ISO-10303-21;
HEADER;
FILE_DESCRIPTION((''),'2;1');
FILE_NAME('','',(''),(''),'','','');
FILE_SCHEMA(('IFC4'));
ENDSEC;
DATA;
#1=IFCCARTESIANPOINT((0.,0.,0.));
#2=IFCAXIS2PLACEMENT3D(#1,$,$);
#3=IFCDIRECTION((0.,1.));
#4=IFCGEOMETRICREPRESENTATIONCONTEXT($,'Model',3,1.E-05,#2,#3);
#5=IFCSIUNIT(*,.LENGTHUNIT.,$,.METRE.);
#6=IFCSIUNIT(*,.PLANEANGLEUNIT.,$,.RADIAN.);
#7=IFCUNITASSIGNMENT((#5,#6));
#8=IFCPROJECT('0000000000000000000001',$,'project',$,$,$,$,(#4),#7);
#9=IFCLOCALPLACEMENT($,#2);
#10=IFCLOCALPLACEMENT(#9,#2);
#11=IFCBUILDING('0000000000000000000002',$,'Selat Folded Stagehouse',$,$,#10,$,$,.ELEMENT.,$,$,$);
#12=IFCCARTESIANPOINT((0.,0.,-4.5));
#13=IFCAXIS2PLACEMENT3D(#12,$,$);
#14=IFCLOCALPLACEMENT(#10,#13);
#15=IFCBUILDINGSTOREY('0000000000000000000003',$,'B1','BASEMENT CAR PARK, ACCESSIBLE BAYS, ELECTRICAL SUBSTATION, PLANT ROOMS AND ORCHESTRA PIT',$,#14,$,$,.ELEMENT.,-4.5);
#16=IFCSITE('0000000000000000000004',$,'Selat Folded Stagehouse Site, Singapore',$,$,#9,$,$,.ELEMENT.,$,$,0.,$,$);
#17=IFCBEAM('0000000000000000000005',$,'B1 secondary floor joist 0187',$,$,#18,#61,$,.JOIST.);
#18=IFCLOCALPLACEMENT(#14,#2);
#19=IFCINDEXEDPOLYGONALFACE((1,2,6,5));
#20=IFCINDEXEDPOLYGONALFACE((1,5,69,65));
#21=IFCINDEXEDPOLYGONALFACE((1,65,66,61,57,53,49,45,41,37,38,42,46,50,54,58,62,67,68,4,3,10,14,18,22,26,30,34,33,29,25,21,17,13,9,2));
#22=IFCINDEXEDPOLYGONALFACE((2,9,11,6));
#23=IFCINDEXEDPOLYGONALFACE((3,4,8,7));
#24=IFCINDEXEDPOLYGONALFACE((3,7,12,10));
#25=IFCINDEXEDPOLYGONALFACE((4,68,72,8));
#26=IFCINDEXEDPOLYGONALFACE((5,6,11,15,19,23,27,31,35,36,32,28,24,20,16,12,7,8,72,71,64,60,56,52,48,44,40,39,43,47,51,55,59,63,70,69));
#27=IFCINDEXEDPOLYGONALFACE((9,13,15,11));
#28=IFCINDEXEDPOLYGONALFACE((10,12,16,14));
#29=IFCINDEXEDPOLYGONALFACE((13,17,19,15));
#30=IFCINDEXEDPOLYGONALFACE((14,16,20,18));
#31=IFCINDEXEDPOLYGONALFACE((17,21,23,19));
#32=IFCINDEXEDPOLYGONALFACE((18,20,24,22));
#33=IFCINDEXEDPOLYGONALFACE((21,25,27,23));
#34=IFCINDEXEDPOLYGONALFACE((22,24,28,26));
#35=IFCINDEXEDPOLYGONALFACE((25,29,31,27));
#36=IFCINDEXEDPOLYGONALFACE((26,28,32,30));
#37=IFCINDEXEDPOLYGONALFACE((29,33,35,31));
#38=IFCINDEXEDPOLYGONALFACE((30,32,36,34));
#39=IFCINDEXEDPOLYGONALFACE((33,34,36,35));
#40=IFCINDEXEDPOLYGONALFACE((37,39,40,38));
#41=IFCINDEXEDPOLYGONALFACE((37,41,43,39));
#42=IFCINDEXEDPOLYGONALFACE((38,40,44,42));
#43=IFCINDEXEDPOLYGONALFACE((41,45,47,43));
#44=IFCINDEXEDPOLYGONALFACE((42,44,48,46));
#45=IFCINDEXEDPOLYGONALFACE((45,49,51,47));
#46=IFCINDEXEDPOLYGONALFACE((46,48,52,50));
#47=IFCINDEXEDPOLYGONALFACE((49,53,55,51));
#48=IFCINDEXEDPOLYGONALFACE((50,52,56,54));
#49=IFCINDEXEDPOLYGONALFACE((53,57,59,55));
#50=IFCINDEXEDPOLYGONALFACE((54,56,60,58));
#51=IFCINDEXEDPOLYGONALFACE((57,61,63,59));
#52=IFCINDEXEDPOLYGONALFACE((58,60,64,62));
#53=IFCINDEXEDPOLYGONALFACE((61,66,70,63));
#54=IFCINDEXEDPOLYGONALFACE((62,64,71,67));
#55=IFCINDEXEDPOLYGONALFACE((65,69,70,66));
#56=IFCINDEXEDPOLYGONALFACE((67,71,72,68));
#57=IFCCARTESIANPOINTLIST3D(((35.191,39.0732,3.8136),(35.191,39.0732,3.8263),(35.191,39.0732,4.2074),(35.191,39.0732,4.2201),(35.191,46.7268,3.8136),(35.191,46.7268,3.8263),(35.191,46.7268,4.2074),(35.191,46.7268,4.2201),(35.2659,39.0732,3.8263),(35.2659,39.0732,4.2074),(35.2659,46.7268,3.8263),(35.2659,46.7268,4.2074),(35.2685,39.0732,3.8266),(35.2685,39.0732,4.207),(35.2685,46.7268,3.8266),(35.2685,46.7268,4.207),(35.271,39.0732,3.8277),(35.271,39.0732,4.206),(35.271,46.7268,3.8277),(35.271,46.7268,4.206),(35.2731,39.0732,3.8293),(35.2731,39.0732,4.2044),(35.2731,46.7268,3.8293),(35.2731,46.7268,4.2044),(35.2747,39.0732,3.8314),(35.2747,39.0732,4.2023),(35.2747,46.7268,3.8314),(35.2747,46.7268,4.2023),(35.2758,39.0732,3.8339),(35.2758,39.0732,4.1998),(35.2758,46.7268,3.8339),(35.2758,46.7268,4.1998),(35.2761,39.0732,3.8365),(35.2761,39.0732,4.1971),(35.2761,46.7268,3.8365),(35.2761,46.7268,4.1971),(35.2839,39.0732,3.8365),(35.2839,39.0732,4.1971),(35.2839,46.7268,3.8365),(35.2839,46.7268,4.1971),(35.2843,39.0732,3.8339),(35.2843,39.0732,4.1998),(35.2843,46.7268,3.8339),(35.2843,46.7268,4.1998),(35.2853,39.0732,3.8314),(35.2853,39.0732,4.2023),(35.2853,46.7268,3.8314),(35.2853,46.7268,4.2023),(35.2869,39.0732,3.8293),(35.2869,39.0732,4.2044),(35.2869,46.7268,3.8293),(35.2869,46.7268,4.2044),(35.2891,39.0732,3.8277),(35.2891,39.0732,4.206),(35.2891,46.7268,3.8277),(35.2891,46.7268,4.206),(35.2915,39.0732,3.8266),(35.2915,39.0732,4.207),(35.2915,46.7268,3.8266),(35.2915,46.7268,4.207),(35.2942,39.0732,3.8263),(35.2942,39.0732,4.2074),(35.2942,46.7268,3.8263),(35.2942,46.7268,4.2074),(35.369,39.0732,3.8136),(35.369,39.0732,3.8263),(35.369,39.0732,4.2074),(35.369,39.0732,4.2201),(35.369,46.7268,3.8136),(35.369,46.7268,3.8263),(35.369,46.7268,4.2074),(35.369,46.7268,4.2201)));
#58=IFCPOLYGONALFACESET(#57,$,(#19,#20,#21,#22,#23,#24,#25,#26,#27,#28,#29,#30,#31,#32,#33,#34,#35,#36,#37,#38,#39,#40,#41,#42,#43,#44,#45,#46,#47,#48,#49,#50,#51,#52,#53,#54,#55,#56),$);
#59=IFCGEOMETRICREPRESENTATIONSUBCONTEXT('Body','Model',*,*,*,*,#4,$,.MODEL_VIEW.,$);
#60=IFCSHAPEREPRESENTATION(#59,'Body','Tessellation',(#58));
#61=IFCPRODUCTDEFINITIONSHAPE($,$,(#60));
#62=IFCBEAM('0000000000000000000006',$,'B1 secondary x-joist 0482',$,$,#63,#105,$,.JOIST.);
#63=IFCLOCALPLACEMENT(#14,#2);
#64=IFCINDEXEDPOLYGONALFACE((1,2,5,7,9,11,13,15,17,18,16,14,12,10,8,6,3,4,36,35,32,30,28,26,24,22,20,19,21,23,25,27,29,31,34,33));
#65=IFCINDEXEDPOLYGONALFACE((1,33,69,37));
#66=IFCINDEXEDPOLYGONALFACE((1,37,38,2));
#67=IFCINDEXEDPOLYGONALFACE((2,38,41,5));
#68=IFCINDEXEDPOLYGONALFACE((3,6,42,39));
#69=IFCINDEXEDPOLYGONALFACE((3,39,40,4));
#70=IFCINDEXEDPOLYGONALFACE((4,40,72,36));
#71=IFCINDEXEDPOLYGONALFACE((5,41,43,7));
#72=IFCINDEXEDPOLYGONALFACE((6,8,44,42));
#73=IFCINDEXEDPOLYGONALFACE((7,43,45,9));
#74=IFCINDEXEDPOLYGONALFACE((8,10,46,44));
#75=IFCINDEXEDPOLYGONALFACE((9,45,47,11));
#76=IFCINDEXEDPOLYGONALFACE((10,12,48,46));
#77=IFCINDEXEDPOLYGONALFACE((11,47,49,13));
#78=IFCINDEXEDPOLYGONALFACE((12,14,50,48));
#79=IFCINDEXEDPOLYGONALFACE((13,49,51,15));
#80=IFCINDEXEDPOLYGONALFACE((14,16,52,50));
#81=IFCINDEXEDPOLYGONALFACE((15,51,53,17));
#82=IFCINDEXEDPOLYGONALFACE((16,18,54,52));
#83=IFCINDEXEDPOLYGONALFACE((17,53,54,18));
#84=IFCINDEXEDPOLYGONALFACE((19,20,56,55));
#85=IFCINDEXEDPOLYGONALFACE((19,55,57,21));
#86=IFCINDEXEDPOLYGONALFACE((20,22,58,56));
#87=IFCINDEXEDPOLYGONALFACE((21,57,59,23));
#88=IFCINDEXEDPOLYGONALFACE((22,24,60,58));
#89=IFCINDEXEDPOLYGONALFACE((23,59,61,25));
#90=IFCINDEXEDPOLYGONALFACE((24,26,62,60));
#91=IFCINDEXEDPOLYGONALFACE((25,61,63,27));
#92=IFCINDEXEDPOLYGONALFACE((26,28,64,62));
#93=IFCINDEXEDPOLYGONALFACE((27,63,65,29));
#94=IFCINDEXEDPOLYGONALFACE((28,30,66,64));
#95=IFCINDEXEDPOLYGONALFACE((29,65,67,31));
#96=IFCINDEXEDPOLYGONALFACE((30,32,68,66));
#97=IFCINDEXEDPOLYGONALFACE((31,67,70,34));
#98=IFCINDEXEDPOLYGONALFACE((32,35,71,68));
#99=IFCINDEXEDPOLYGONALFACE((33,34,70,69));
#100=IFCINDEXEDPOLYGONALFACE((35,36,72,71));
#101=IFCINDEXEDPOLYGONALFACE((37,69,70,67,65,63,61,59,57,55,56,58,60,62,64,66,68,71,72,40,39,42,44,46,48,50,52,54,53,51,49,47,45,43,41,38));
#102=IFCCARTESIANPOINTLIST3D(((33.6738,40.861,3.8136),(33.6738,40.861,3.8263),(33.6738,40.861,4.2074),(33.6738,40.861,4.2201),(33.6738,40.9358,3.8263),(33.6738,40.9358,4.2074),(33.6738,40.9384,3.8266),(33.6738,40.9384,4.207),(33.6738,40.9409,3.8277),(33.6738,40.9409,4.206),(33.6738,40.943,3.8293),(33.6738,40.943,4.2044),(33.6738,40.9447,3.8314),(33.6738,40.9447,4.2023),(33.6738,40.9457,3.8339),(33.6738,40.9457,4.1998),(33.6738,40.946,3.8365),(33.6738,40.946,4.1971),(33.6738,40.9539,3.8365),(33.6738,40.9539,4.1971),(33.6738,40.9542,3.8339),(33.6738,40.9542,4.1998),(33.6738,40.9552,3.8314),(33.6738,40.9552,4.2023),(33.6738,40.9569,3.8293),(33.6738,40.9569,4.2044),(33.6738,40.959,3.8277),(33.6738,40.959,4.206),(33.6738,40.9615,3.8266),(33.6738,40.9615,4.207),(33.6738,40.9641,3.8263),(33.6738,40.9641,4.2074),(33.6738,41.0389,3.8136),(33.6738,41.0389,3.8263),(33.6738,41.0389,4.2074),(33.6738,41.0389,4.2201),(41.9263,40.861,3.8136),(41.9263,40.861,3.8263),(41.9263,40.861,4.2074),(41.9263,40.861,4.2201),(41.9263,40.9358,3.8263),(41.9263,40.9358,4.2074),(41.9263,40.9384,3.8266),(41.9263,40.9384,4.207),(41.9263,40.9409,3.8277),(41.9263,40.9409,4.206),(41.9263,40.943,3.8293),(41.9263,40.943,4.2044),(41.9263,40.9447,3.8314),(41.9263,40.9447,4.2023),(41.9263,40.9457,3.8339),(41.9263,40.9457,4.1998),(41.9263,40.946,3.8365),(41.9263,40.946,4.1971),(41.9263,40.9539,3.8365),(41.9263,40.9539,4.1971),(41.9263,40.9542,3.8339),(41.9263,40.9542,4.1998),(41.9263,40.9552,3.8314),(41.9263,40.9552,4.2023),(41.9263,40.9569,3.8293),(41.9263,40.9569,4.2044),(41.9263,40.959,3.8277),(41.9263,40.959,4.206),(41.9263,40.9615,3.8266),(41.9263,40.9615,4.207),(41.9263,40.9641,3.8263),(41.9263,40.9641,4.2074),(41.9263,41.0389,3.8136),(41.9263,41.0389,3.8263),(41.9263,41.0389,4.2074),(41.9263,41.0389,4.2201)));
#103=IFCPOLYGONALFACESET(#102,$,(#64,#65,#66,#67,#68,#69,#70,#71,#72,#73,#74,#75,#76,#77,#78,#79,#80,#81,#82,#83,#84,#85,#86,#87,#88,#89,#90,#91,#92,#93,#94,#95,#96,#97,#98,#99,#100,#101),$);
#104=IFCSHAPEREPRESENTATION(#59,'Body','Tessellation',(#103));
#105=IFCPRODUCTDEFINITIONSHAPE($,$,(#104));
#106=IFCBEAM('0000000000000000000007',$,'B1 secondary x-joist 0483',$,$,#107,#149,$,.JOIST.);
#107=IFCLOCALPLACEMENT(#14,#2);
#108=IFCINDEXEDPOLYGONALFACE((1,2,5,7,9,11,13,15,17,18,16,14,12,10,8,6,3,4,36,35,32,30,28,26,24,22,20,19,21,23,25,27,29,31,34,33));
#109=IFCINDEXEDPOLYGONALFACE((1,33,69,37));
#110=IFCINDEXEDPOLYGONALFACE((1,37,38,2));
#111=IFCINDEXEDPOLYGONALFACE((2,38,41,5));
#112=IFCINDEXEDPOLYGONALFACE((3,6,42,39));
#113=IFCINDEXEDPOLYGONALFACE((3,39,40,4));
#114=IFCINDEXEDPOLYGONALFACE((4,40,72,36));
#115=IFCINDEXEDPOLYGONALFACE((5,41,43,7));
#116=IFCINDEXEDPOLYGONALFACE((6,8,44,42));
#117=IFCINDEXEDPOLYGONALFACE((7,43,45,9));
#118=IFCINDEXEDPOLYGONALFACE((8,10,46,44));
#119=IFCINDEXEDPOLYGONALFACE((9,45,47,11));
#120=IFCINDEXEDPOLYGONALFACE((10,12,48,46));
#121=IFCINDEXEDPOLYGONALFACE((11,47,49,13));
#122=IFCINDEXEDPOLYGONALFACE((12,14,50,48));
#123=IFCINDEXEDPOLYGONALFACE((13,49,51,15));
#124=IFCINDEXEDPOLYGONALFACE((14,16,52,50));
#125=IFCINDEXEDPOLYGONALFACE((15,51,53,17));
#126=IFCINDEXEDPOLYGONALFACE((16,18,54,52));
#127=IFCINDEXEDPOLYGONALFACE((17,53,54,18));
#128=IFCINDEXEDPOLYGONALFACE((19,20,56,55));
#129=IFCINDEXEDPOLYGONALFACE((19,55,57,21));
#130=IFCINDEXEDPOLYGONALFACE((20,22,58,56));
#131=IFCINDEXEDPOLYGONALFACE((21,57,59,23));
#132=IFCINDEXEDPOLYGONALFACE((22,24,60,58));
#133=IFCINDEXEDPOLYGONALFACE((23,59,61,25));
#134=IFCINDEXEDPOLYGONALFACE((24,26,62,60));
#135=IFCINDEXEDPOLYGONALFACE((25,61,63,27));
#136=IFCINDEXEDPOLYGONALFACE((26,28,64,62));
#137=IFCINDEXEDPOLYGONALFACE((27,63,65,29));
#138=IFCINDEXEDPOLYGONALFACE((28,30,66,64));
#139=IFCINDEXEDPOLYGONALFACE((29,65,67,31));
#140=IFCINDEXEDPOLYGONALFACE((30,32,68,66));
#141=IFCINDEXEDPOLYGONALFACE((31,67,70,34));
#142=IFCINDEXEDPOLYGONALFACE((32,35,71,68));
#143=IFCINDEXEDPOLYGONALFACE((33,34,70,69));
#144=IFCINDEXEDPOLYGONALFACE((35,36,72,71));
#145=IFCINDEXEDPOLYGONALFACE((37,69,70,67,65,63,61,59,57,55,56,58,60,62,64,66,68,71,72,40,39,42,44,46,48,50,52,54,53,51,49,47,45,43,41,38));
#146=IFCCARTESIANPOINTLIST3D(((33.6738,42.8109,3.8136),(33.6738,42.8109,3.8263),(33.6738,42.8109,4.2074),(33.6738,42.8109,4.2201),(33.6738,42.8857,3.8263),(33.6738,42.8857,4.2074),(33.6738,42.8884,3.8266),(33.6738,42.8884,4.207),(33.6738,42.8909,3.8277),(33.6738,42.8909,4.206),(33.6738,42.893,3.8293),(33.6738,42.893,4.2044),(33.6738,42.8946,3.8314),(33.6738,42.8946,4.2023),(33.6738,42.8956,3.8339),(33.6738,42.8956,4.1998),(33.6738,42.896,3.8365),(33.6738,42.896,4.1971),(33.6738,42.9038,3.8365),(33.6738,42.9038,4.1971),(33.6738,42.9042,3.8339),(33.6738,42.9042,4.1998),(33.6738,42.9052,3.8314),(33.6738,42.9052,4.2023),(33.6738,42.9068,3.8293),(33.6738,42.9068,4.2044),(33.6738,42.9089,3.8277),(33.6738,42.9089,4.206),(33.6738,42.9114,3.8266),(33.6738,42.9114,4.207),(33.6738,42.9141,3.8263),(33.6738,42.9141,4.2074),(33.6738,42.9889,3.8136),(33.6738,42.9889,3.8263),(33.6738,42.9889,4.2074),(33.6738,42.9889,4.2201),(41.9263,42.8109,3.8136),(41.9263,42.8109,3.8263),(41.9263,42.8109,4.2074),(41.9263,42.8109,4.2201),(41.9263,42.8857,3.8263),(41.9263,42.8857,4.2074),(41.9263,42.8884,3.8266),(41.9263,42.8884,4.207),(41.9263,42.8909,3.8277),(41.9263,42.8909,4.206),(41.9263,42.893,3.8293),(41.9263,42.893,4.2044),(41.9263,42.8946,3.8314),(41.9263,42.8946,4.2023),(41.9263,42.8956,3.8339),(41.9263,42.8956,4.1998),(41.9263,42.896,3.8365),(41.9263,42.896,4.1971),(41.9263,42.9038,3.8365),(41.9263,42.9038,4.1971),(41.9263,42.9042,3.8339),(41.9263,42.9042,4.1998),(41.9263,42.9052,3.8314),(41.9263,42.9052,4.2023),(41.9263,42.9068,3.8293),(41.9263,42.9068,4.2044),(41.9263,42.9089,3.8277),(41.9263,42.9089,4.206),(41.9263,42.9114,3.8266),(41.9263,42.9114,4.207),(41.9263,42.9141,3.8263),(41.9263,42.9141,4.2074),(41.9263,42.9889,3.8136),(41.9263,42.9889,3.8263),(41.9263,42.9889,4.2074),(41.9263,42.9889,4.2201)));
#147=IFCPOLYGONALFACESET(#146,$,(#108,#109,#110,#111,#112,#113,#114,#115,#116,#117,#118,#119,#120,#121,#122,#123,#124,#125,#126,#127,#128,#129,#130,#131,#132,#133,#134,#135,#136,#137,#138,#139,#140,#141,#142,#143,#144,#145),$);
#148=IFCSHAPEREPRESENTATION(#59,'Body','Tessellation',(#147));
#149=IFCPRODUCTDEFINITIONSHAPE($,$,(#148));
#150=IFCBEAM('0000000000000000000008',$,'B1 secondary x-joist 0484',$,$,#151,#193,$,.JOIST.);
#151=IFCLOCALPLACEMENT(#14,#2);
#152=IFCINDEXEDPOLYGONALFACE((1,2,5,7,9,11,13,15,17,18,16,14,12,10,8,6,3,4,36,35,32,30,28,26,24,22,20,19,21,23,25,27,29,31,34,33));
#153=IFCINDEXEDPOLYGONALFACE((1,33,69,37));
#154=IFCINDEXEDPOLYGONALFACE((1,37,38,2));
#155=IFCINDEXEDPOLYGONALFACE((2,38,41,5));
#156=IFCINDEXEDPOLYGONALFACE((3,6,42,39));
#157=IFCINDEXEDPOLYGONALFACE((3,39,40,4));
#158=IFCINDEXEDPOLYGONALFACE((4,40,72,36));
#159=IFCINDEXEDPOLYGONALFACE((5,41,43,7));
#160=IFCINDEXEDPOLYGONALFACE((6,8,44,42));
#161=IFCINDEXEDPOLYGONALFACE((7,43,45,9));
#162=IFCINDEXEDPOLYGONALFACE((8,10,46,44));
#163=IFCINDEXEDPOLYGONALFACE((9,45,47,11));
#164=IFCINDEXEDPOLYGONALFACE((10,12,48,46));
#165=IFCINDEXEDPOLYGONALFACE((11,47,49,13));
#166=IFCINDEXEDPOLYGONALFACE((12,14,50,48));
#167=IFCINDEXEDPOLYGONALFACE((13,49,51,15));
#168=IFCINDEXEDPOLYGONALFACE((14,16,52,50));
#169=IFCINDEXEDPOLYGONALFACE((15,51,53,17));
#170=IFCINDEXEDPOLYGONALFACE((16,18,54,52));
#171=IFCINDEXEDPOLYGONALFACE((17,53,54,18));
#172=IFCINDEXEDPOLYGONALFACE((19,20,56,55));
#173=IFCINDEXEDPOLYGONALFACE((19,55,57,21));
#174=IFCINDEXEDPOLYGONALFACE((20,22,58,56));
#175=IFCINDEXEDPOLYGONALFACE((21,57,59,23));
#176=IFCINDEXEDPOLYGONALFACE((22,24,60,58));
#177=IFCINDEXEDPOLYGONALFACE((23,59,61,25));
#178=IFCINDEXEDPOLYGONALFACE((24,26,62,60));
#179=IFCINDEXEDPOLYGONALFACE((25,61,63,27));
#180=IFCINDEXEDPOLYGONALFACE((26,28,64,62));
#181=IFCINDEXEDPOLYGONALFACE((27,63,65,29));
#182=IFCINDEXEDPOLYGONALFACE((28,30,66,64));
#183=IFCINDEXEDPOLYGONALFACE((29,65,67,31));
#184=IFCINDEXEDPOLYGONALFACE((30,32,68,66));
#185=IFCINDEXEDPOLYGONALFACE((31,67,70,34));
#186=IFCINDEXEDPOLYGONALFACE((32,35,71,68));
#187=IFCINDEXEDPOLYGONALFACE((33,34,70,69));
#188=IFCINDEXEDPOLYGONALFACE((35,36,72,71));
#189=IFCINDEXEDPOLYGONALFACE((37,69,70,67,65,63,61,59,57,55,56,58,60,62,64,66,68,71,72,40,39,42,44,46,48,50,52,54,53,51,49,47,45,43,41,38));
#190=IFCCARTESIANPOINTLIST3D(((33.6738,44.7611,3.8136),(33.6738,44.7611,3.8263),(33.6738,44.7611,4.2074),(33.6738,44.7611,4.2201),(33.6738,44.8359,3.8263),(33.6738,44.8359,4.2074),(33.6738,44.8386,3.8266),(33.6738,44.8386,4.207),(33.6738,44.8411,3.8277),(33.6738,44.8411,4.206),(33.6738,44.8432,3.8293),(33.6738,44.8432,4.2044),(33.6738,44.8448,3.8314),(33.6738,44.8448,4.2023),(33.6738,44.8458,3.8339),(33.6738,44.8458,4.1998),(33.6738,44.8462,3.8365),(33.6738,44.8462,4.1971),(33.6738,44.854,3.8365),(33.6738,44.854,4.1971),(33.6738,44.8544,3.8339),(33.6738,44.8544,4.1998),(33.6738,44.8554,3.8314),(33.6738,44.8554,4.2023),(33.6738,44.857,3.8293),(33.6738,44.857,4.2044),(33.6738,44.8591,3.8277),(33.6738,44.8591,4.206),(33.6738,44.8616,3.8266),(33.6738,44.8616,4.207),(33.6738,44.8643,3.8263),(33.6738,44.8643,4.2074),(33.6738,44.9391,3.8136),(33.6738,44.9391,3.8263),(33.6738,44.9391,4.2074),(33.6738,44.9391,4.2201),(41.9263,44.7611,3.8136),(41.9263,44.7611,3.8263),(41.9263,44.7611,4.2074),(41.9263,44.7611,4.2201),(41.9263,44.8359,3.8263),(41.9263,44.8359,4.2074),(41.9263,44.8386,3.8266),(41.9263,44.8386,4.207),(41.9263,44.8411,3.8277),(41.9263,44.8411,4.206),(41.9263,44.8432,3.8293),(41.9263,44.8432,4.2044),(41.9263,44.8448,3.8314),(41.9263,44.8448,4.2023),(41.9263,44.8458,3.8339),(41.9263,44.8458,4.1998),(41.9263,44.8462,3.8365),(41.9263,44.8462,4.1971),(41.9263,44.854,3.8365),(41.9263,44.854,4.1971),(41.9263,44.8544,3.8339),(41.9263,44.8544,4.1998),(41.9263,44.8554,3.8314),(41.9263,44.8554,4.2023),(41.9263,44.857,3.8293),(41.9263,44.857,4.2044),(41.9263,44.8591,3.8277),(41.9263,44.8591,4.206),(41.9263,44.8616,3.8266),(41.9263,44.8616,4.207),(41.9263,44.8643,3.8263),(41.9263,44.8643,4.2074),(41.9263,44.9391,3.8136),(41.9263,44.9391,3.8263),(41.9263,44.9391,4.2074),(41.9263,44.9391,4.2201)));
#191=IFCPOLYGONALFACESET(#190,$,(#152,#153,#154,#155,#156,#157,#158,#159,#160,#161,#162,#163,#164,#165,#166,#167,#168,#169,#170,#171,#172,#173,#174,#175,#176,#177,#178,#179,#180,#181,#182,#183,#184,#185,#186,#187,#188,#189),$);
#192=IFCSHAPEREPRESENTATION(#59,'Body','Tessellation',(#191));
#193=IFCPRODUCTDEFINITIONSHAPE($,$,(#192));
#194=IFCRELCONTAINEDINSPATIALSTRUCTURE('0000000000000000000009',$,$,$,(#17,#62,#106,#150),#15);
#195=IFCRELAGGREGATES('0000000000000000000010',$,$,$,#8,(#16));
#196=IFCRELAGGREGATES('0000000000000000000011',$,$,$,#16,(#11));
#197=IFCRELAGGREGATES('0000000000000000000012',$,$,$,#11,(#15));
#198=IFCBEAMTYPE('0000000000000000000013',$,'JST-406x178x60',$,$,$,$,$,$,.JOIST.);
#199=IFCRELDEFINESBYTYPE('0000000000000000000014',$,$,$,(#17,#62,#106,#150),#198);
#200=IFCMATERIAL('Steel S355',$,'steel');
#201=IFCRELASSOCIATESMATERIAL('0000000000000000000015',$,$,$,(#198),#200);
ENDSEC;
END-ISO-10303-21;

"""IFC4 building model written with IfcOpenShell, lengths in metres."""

from ifc_helpers import new_model, si_unit, direction, frame, origin, origin_2d, place, context, subcontext, project, spatial, i_section, extrude, material, material_profile, profile_set, type_object, element, save


model = new_model("IFC4")

# Units and contexts
model_context = context("Model", 3, precision=1e-05, world=origin(), true_north=direction((0.0, 1.0)))
body_context = subcontext(model_context, "Body", "Model", "MODEL_VIEW")
ifc_project = project(units=[si_unit("LENGTHUNIT", "METRE"), si_unit("PLANEANGLEUNIT", "RADIAN")], contexts=[model_context])

# Site, building, storey
site_placement = place(None, origin())
site = spatial("IfcSite", under=ifc_project, at=site_placement, Name="Selat Folded Stagehouse Site, Singapore", CompositionType="ELEMENT", RefElevation=0.0)
building_placement = place(site_placement, origin())
building = spatial("IfcBuilding", under=site, at=building_placement, Name="Selat Folded Stagehouse", CompositionType="ELEMENT")
storey_placement = place(building_placement, frame((0.0, 0.0, -4.5)))
storey = spatial("IfcBuildingStorey", under=building, at=storey_placement, Name="B1", Description="BASEMENT CAR PARK, ACCESSIBLE BAYS, ELECTRICAL SUBSTATION, PLANT ROOMS AND ORCHESTRA PIT", CompositionType="ELEMENT", Elevation=-4.5)

# Shared definitions
ifc_material_1 = material(Name="Steel S355", Category="steel")

# Beams
ifc_material_profile_1 = material_profile(ifc_material_1, i_section(OverallWidth=0.178, OverallDepth=0.4065, WebThickness=0.0078, FlangeThickness=0.0127, FilletRadius=0.0103, at=origin_2d()), Name="UKB 406x178x60")
ifc_profile_set_1 = profile_set([ifc_material_profile_1], Name="Steel S355")
beam_type_1 = type_object("IfcBeamType", Name="JST-406x178x60", PredefinedType="JOIST", material=ifc_profile_set_1)
beam_1_placement = place(storey_placement, frame((35.28, 39.0732, 4.0168), z_axis=(0.0, 1.0, 0.0), x_axis=(-1.0, 0.0, 0.0)))
element("IfcBeam", 1, at=beam_1_placement, inside=storey, type_object=beam_type_1, Name="B1 secondary floor joist 0187", PredefinedType="JOIST", context=body_context, shape_type="SweptSolid", body=[
    extrude(i_section(OverallWidth=0.178, OverallDepth=0.4065, WebThickness=0.0078, FlangeThickness=0.0127, FilletRadius=0.0103, at=origin_2d()), origin(), (0.0, 0.0, 1.0), 7.6536),
])
for number, where, z_axis, x_axis, name in (
    (2, (33.6738, 40.95, 4.0168), (1.0, 0.0, 0.0), (0.0, 1.0, 0.0), "B1 secondary x-joist 0482"),
    (3, (33.6738, 42.8999, 4.0168), (1.0, 0.0, 0.0), (0.0, 1.0, 0.0), "B1 secondary x-joist 0483"),
    (4, (33.6738, 44.8501, 4.0168), (1.0, 0.0, 0.0), (0.0, 1.0, 0.0), "B1 secondary x-joist 0484"),
):
    element("IfcBeam", number, at=place(storey_placement, frame(where, z_axis=z_axis, x_axis=x_axis)), inside=storey, type_object=beam_type_1, Name=name, PredefinedType="JOIST", context=body_context, shape_type="SweptSolid", body=[
        extrude(i_section(OverallWidth=0.178, OverallDepth=0.4065, WebThickness=0.0078, FlangeThickness=0.0127, FilletRadius=0.0103, at=origin_2d()), origin(), (0.0, 0.0, 1.0), 8.2524),
    ])

save(model, "model.ifc")
